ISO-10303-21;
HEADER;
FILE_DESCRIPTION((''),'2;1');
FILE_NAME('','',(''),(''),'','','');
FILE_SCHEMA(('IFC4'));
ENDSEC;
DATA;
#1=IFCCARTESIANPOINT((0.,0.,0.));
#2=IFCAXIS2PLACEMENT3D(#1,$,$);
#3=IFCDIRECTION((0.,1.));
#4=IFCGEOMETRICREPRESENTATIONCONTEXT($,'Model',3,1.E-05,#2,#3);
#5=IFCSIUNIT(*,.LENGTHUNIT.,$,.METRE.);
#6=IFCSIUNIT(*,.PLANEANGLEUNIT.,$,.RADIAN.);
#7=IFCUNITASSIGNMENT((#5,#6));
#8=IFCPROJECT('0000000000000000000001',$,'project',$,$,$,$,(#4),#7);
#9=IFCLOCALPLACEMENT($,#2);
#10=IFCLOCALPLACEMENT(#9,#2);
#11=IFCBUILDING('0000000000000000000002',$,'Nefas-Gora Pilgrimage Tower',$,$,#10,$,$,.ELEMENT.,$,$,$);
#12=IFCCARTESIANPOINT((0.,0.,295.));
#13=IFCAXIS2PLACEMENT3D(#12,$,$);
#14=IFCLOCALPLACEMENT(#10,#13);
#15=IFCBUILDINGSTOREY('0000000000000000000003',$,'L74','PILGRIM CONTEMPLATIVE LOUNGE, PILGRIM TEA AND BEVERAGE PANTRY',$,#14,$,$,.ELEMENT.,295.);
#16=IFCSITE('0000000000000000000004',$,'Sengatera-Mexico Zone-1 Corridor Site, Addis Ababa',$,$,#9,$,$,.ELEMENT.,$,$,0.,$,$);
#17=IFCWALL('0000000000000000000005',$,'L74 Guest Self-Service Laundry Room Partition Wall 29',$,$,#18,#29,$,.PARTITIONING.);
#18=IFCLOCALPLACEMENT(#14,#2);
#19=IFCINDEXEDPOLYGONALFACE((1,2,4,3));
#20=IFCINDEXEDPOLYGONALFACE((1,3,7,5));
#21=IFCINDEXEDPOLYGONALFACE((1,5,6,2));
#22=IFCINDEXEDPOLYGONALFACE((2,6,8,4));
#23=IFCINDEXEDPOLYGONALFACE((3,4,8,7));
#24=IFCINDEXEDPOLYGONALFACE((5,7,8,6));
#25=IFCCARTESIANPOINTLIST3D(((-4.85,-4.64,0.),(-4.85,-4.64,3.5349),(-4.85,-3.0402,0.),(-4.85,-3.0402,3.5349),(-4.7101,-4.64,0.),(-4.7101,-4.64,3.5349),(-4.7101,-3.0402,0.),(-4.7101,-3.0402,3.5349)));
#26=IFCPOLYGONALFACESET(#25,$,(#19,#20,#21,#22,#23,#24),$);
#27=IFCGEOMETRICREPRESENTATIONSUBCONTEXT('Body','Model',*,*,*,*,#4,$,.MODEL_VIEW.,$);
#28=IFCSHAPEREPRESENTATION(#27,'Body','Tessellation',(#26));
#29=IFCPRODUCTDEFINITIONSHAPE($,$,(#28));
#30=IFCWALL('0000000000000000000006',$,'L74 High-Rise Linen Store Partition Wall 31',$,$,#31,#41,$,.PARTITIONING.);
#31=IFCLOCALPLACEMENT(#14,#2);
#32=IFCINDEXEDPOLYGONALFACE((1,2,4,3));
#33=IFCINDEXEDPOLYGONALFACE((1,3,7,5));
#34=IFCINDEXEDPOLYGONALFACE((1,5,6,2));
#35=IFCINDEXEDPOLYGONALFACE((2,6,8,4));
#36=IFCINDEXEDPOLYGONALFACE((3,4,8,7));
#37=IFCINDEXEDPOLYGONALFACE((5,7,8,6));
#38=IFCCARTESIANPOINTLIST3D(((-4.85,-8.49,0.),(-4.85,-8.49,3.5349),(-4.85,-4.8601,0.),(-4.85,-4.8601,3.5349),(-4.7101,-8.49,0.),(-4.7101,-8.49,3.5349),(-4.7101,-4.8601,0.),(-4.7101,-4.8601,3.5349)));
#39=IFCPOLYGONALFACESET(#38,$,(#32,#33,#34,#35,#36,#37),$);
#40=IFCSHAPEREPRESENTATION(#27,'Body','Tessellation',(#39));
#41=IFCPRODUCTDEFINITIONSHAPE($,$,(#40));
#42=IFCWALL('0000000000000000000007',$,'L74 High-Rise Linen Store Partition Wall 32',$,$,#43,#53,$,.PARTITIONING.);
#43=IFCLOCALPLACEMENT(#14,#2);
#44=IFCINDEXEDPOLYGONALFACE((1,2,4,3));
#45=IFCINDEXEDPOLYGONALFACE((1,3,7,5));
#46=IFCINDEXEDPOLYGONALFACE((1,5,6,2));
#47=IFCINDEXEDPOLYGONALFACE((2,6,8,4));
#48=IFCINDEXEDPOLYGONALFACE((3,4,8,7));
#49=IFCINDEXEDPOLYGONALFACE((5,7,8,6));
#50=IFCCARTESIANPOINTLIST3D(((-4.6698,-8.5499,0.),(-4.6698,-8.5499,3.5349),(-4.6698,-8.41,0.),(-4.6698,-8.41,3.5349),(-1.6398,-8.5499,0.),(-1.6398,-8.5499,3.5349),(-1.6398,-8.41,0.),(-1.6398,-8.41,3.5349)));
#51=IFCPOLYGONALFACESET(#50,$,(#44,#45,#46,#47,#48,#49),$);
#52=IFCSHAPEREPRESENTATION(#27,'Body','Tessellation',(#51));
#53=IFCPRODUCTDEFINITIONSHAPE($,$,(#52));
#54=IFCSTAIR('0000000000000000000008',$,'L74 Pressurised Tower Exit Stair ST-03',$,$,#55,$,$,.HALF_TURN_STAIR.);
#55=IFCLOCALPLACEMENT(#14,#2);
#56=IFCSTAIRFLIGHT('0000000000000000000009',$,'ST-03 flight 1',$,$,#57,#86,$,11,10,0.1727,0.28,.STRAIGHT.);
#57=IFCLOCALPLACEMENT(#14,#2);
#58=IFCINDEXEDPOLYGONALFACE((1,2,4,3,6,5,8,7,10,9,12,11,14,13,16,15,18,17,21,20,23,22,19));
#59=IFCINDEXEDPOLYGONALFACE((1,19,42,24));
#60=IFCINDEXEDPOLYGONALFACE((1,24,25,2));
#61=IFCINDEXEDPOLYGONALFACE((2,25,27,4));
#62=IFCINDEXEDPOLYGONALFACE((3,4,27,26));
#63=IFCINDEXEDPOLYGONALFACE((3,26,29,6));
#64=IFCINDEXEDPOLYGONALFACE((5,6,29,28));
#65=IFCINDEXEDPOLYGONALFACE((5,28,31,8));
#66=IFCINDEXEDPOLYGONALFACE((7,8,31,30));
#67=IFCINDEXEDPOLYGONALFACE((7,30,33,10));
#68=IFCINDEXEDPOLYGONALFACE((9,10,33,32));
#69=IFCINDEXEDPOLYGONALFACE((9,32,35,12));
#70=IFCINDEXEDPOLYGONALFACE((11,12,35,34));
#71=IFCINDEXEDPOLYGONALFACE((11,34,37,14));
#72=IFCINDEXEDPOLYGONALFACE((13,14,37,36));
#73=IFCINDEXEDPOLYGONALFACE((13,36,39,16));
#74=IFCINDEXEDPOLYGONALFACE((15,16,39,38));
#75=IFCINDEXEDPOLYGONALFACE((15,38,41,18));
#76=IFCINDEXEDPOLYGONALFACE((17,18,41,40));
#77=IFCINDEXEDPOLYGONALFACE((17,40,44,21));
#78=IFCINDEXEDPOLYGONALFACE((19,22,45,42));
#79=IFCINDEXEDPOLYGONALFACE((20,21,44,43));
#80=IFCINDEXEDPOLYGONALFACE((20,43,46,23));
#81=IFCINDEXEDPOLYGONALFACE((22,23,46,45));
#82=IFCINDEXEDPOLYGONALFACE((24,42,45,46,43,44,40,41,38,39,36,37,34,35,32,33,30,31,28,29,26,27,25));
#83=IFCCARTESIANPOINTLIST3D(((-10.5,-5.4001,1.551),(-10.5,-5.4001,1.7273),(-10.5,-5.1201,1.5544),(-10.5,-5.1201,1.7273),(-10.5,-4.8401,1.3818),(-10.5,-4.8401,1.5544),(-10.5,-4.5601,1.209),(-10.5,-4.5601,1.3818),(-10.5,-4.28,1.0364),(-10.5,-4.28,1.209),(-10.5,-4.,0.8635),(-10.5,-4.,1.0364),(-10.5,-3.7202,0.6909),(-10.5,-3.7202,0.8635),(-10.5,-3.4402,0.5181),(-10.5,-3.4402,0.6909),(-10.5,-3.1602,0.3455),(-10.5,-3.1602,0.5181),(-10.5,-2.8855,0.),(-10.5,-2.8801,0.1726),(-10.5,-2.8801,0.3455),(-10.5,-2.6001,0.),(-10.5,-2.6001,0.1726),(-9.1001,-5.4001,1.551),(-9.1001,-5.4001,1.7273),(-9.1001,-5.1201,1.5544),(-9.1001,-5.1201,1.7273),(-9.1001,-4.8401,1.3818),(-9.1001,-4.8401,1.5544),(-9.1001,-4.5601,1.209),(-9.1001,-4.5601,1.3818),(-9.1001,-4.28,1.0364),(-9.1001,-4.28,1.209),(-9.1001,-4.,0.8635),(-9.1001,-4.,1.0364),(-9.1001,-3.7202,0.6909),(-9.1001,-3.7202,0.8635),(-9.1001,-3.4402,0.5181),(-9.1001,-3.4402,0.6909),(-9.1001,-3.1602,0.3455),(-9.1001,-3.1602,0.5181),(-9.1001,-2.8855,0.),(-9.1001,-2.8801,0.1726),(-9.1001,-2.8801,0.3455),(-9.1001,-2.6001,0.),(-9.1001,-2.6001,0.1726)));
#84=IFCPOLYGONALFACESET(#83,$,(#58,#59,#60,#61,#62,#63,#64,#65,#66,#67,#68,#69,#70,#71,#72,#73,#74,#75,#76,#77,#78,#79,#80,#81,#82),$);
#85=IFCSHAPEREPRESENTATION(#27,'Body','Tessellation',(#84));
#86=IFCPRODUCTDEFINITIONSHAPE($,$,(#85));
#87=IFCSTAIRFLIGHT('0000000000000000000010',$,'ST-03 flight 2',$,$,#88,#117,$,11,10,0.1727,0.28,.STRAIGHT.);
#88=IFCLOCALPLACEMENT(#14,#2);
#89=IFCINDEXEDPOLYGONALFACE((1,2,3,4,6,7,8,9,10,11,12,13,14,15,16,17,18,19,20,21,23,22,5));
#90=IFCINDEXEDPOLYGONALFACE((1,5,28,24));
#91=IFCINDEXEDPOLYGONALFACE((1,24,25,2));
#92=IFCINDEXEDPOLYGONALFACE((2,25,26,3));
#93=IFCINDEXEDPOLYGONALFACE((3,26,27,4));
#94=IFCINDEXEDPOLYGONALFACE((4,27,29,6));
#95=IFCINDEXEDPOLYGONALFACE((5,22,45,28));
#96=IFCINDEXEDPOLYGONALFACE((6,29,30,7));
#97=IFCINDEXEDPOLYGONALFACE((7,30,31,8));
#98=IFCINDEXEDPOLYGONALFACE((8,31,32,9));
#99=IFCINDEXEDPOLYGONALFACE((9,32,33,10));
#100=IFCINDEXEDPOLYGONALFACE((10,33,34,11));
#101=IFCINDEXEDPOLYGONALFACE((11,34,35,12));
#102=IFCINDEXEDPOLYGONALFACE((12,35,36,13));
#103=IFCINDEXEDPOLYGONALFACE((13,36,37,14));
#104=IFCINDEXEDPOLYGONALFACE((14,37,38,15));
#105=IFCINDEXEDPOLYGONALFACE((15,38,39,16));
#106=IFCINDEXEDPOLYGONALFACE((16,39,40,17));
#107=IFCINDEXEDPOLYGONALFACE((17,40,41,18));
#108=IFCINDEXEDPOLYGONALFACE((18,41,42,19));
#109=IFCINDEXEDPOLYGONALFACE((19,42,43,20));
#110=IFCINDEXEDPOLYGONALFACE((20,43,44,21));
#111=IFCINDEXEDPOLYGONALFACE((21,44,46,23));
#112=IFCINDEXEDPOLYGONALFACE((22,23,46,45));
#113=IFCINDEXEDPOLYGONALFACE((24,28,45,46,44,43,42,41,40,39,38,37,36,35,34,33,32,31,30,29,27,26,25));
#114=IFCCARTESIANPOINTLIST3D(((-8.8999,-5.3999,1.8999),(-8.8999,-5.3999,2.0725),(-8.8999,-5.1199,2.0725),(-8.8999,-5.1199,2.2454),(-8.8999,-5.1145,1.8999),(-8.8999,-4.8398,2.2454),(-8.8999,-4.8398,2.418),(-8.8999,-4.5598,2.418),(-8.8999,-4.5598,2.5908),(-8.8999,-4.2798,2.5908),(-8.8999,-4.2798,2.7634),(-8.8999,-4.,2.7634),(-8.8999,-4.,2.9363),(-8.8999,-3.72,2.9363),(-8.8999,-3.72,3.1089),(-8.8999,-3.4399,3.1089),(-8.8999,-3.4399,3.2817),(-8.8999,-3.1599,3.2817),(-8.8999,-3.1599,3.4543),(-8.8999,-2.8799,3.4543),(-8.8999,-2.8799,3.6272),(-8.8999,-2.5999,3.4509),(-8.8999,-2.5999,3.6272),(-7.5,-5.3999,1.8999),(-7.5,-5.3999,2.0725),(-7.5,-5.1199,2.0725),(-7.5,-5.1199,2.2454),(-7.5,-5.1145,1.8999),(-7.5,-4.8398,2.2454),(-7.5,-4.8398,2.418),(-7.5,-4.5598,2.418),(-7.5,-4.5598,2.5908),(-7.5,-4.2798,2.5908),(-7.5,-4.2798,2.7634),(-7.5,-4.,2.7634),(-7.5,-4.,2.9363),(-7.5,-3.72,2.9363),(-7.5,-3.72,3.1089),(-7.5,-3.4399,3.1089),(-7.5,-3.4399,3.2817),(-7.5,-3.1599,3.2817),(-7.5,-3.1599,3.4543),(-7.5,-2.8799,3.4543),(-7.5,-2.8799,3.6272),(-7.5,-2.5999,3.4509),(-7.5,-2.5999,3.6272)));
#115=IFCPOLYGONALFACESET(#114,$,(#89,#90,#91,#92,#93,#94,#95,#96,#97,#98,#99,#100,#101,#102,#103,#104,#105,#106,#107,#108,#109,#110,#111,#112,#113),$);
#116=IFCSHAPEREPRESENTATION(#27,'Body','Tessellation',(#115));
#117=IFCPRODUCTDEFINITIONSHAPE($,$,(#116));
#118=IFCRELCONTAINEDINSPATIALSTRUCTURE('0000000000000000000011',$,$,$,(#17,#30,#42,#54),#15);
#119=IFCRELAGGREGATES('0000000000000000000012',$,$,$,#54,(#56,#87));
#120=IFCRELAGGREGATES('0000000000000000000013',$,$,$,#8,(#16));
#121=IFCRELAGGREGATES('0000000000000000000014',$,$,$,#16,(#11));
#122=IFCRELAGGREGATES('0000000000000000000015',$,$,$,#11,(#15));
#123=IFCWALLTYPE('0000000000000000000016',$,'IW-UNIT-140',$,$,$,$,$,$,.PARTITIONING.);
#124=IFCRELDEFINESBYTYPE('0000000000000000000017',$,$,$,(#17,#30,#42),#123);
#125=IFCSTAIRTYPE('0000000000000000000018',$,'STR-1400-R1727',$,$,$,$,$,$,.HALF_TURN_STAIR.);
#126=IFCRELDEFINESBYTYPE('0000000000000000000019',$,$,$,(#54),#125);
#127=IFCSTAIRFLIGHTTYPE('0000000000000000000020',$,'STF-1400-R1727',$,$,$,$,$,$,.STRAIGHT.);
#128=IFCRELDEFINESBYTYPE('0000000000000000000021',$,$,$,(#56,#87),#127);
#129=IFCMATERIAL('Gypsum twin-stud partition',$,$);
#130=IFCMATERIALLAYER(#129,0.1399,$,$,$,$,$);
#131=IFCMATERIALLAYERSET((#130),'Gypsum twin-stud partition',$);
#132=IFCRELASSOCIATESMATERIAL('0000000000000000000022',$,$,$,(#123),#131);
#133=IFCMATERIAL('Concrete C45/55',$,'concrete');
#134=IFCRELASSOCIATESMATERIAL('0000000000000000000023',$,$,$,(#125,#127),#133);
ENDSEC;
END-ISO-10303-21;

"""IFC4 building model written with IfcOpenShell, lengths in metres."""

from ifc_helpers import new_model, si_unit, direction, frame, frame_2d, origin, place, context, subcontext, project, spatial, polyline, rectangle, outline, extrude, source, transform, mapped, material, layer, layer_set, type_object, element, aggregate, save


model = new_model("IFC4")

# Units and contexts
model_context = context("Model", 3, precision=1e-05, world=origin(), true_north=direction((0.0, 1.0)))
body_context = subcontext(model_context, "Body", "Model", "MODEL_VIEW")
ifc_project = project(units=[si_unit("LENGTHUNIT", "METRE"), si_unit("PLANEANGLEUNIT", "RADIAN")], contexts=[model_context])

# Site, building, storey
site_placement = place(None, origin())
site = spatial("IfcSite", under=ifc_project, at=site_placement, Name="Sengatera-Mexico Zone-1 Corridor Site, Addis Ababa", CompositionType="ELEMENT", RefElevation=0.0)
building_placement = place(site_placement, origin())
building = spatial("IfcBuilding", under=site, at=building_placement, Name="Nefas-Gora Pilgrimage Tower", CompositionType="ELEMENT")
storey_placement = place(building_placement, frame((0.0, 0.0, 295.0)))
storey = spatial("IfcBuildingStorey", under=building, at=storey_placement, Name="L74", Description="PILGRIM CONTEMPLATIVE LOUNGE, PILGRIM TEA AND BEVERAGE PANTRY", CompositionType="ELEMENT", Elevation=295.0)

# Shared definitions
ifc_material_1 = material(Name="Concrete C45/55", Category="concrete")

# Walls
ifc_material_2 = material(Name="Gypsum twin-stud partition")
ifc_layer_1 = layer(ifc_material_2, 0.1399)
ifc_layer_set_1 = layer_set([ifc_layer_1], Name="Gypsum twin-stud partition")
wall_type_1 = type_object("IfcWallType", Name="IW-UNIT-140", PredefinedType="PARTITIONING", material=ifc_layer_set_1)
shared_shape_1 = source(origin(), body_context, "Body", "SweptSolid", [
    extrude(rectangle(XDim=1.5999, YDim=0.1399, at=frame_2d((0.7998, 0.0))), origin(), (0.0, 0.0, 1.0), 3.5349),
])
wall_1_placement = place(storey_placement, frame((-4.78, -4.6399, 0.0), z_axis=(0.0, 0.0, 1.0), x_axis=(0.0, 1.0, 0.0)))
element("IfcWall", 1, at=wall_1_placement, inside=storey, type_object=wall_type_1, Name="L74 Guest Self-Service Laundry Room Partition Wall 29", PredefinedType="PARTITIONING", context=body_context, shape_type="MappedRepresentation", body=[
    mapped(shared_shape_1, transform((0.0, 0.0, 0.0), x_axis=(1.0, 0.0, 0.0), y_axis=(0.0, 1.0, 0.0), z_axis=(0.0, 0.0, 1.0), scale=1.0)),
])
shared_shape_2 = source(origin(), body_context, "Body", "SweptSolid", [
    extrude(rectangle(XDim=3.6299, YDim=0.1399, at=frame_2d((1.8149, 0.0))), origin(), (0.0, 0.0, 1.0), 3.5349),
])
wall_2_placement = place(storey_placement, frame((-4.78, -8.49, 0.0), z_axis=(0.0, 0.0, 1.0), x_axis=(0.0, 1.0, 0.0)))
element("IfcWall", 2, at=wall_2_placement, inside=storey, type_object=wall_type_1, Name="L74 High-Rise Linen Store Partition Wall 31", PredefinedType="PARTITIONING", context=body_context, shape_type="MappedRepresentation", body=[
    mapped(shared_shape_2, transform((0.0, 0.0, 0.0), x_axis=(1.0, 0.0, 0.0), y_axis=(0.0, 1.0, 0.0), z_axis=(0.0, 0.0, 1.0), scale=1.0)),
])
shared_shape_3 = source(origin(), body_context, "Body", "SweptSolid", [
    extrude(rectangle(XDim=3.03, YDim=0.1399, at=frame_2d((1.5151, 0.0))), origin(), (0.0, 0.0, 1.0), 3.5349),
])
wall_3_placement = place(storey_placement, frame((-4.6699, -8.48, 0.0), z_axis=(0.0, 0.0, 1.0), x_axis=(1.0, 0.0, 0.0)))
element("IfcWall", 3, at=wall_3_placement, inside=storey, type_object=wall_type_1, Name="L74 High-Rise Linen Store Partition Wall 32", PredefinedType="PARTITIONING", context=body_context, shape_type="MappedRepresentation", body=[
    mapped(shared_shape_3, transform((0.0, 0.0, 0.0), x_axis=(1.0, 0.0, 0.0), y_axis=(0.0, 1.0, 0.0), z_axis=(0.0, 0.0, 1.0), scale=1.0)),
])

# Stair, stair flights
stair_type = type_object("IfcStairType", Name="STR-1400-R1727", PredefinedType="HALF_TURN_STAIR", material=ifc_material_1)
stair_placement = place(storey_placement, origin())
stair = element("IfcStair", 4, at=stair_placement, inside=storey, type_object=stair_type, Name="L74 Pressurised Tower Exit Stair ST-03", PredefinedType="HALF_TURN_STAIR")
stair_flight_type = type_object("IfcStairFlightType", Name="STF-1400-R1727", PredefinedType="STRAIGHT", material=ifc_material_1)
shared_shape_4 = source(origin(), body_context, "Body", "SweptSolid", [
    extrude(outline(polyline([(0.0, 0.0), (0.0, 0.1726), (0.28, 0.1726), (0.28, 0.3455), (0.5601, 0.3455), (0.5601, 0.5181), (0.8401, 0.5181), (0.8401, 0.6909), (1.1201, 0.6909), (1.1201, 0.8635), (1.3999, 0.8635), (1.3999, 1.0364), (1.6799, 1.0364), (1.6799, 1.209), (1.96, 1.209), (1.96, 1.3818), (2.24, 1.3818), (2.24, 1.5544), (2.52, 1.5544), (2.52, 1.7273), (2.8, 1.7273), (2.8, 1.8999), (2.8, 1.551), (0.2854, 0.0), (0.0, 0.0)])), frame((0.0, 0.7, 0.0), z_axis=(0.0, -1.0, 0.0), x_axis=(1.0, 0.0, 0.0)), (0.0, 0.0, 1.0), 1.3999),
])
stair_flight_1_placement = place(storey_placement, frame((-9.8, -2.6001, 0.0), z_axis=(0.0, 0.0, 1.0), x_axis=(0.0, -1.0, 0.0)))
stair_flight_1 = element("IfcStairFlight", 5, at=stair_flight_1_placement, type_object=stair_flight_type, Name="ST-03 flight 1", NumberOfRisers=11, NumberOfTreads=10, PredefinedType="STRAIGHT", RiserHeight=0.1727, TreadLength=0.28, context=body_context, shape_type="MappedRepresentation", body=[
    mapped(shared_shape_4, transform((0.0, 0.0, 0.0), x_axis=(1.0, 0.0, 0.0), y_axis=(0.0, 1.0, 0.0), z_axis=(0.0, 0.0, 1.0), scale=1.0)),
])
stair_flight_2_placement = place(storey_placement, frame((-8.2, -5.3999, 1.8999), z_axis=(0.0, 0.0, 1.0), x_axis=(0.0, 1.0, 0.0)))
stair_flight_2 = element("IfcStairFlight", 6, at=stair_flight_2_placement, type_object=stair_flight_type, Name="ST-03 flight 2", NumberOfRisers=11, NumberOfTreads=10, PredefinedType="STRAIGHT", RiserHeight=0.1727, TreadLength=0.28, context=body_context, shape_type="MappedRepresentation", body=[
    mapped(shared_shape_4, transform((0.0, 0.0, 0.0), x_axis=(1.0, 0.0, 0.0), y_axis=(0.0, 1.0, 0.0), z_axis=(0.0, 0.0, 1.0), scale=1.0)),
])
aggregate(stair, [stair_flight_1, stair_flight_2])

save(model, "model.ifc")
